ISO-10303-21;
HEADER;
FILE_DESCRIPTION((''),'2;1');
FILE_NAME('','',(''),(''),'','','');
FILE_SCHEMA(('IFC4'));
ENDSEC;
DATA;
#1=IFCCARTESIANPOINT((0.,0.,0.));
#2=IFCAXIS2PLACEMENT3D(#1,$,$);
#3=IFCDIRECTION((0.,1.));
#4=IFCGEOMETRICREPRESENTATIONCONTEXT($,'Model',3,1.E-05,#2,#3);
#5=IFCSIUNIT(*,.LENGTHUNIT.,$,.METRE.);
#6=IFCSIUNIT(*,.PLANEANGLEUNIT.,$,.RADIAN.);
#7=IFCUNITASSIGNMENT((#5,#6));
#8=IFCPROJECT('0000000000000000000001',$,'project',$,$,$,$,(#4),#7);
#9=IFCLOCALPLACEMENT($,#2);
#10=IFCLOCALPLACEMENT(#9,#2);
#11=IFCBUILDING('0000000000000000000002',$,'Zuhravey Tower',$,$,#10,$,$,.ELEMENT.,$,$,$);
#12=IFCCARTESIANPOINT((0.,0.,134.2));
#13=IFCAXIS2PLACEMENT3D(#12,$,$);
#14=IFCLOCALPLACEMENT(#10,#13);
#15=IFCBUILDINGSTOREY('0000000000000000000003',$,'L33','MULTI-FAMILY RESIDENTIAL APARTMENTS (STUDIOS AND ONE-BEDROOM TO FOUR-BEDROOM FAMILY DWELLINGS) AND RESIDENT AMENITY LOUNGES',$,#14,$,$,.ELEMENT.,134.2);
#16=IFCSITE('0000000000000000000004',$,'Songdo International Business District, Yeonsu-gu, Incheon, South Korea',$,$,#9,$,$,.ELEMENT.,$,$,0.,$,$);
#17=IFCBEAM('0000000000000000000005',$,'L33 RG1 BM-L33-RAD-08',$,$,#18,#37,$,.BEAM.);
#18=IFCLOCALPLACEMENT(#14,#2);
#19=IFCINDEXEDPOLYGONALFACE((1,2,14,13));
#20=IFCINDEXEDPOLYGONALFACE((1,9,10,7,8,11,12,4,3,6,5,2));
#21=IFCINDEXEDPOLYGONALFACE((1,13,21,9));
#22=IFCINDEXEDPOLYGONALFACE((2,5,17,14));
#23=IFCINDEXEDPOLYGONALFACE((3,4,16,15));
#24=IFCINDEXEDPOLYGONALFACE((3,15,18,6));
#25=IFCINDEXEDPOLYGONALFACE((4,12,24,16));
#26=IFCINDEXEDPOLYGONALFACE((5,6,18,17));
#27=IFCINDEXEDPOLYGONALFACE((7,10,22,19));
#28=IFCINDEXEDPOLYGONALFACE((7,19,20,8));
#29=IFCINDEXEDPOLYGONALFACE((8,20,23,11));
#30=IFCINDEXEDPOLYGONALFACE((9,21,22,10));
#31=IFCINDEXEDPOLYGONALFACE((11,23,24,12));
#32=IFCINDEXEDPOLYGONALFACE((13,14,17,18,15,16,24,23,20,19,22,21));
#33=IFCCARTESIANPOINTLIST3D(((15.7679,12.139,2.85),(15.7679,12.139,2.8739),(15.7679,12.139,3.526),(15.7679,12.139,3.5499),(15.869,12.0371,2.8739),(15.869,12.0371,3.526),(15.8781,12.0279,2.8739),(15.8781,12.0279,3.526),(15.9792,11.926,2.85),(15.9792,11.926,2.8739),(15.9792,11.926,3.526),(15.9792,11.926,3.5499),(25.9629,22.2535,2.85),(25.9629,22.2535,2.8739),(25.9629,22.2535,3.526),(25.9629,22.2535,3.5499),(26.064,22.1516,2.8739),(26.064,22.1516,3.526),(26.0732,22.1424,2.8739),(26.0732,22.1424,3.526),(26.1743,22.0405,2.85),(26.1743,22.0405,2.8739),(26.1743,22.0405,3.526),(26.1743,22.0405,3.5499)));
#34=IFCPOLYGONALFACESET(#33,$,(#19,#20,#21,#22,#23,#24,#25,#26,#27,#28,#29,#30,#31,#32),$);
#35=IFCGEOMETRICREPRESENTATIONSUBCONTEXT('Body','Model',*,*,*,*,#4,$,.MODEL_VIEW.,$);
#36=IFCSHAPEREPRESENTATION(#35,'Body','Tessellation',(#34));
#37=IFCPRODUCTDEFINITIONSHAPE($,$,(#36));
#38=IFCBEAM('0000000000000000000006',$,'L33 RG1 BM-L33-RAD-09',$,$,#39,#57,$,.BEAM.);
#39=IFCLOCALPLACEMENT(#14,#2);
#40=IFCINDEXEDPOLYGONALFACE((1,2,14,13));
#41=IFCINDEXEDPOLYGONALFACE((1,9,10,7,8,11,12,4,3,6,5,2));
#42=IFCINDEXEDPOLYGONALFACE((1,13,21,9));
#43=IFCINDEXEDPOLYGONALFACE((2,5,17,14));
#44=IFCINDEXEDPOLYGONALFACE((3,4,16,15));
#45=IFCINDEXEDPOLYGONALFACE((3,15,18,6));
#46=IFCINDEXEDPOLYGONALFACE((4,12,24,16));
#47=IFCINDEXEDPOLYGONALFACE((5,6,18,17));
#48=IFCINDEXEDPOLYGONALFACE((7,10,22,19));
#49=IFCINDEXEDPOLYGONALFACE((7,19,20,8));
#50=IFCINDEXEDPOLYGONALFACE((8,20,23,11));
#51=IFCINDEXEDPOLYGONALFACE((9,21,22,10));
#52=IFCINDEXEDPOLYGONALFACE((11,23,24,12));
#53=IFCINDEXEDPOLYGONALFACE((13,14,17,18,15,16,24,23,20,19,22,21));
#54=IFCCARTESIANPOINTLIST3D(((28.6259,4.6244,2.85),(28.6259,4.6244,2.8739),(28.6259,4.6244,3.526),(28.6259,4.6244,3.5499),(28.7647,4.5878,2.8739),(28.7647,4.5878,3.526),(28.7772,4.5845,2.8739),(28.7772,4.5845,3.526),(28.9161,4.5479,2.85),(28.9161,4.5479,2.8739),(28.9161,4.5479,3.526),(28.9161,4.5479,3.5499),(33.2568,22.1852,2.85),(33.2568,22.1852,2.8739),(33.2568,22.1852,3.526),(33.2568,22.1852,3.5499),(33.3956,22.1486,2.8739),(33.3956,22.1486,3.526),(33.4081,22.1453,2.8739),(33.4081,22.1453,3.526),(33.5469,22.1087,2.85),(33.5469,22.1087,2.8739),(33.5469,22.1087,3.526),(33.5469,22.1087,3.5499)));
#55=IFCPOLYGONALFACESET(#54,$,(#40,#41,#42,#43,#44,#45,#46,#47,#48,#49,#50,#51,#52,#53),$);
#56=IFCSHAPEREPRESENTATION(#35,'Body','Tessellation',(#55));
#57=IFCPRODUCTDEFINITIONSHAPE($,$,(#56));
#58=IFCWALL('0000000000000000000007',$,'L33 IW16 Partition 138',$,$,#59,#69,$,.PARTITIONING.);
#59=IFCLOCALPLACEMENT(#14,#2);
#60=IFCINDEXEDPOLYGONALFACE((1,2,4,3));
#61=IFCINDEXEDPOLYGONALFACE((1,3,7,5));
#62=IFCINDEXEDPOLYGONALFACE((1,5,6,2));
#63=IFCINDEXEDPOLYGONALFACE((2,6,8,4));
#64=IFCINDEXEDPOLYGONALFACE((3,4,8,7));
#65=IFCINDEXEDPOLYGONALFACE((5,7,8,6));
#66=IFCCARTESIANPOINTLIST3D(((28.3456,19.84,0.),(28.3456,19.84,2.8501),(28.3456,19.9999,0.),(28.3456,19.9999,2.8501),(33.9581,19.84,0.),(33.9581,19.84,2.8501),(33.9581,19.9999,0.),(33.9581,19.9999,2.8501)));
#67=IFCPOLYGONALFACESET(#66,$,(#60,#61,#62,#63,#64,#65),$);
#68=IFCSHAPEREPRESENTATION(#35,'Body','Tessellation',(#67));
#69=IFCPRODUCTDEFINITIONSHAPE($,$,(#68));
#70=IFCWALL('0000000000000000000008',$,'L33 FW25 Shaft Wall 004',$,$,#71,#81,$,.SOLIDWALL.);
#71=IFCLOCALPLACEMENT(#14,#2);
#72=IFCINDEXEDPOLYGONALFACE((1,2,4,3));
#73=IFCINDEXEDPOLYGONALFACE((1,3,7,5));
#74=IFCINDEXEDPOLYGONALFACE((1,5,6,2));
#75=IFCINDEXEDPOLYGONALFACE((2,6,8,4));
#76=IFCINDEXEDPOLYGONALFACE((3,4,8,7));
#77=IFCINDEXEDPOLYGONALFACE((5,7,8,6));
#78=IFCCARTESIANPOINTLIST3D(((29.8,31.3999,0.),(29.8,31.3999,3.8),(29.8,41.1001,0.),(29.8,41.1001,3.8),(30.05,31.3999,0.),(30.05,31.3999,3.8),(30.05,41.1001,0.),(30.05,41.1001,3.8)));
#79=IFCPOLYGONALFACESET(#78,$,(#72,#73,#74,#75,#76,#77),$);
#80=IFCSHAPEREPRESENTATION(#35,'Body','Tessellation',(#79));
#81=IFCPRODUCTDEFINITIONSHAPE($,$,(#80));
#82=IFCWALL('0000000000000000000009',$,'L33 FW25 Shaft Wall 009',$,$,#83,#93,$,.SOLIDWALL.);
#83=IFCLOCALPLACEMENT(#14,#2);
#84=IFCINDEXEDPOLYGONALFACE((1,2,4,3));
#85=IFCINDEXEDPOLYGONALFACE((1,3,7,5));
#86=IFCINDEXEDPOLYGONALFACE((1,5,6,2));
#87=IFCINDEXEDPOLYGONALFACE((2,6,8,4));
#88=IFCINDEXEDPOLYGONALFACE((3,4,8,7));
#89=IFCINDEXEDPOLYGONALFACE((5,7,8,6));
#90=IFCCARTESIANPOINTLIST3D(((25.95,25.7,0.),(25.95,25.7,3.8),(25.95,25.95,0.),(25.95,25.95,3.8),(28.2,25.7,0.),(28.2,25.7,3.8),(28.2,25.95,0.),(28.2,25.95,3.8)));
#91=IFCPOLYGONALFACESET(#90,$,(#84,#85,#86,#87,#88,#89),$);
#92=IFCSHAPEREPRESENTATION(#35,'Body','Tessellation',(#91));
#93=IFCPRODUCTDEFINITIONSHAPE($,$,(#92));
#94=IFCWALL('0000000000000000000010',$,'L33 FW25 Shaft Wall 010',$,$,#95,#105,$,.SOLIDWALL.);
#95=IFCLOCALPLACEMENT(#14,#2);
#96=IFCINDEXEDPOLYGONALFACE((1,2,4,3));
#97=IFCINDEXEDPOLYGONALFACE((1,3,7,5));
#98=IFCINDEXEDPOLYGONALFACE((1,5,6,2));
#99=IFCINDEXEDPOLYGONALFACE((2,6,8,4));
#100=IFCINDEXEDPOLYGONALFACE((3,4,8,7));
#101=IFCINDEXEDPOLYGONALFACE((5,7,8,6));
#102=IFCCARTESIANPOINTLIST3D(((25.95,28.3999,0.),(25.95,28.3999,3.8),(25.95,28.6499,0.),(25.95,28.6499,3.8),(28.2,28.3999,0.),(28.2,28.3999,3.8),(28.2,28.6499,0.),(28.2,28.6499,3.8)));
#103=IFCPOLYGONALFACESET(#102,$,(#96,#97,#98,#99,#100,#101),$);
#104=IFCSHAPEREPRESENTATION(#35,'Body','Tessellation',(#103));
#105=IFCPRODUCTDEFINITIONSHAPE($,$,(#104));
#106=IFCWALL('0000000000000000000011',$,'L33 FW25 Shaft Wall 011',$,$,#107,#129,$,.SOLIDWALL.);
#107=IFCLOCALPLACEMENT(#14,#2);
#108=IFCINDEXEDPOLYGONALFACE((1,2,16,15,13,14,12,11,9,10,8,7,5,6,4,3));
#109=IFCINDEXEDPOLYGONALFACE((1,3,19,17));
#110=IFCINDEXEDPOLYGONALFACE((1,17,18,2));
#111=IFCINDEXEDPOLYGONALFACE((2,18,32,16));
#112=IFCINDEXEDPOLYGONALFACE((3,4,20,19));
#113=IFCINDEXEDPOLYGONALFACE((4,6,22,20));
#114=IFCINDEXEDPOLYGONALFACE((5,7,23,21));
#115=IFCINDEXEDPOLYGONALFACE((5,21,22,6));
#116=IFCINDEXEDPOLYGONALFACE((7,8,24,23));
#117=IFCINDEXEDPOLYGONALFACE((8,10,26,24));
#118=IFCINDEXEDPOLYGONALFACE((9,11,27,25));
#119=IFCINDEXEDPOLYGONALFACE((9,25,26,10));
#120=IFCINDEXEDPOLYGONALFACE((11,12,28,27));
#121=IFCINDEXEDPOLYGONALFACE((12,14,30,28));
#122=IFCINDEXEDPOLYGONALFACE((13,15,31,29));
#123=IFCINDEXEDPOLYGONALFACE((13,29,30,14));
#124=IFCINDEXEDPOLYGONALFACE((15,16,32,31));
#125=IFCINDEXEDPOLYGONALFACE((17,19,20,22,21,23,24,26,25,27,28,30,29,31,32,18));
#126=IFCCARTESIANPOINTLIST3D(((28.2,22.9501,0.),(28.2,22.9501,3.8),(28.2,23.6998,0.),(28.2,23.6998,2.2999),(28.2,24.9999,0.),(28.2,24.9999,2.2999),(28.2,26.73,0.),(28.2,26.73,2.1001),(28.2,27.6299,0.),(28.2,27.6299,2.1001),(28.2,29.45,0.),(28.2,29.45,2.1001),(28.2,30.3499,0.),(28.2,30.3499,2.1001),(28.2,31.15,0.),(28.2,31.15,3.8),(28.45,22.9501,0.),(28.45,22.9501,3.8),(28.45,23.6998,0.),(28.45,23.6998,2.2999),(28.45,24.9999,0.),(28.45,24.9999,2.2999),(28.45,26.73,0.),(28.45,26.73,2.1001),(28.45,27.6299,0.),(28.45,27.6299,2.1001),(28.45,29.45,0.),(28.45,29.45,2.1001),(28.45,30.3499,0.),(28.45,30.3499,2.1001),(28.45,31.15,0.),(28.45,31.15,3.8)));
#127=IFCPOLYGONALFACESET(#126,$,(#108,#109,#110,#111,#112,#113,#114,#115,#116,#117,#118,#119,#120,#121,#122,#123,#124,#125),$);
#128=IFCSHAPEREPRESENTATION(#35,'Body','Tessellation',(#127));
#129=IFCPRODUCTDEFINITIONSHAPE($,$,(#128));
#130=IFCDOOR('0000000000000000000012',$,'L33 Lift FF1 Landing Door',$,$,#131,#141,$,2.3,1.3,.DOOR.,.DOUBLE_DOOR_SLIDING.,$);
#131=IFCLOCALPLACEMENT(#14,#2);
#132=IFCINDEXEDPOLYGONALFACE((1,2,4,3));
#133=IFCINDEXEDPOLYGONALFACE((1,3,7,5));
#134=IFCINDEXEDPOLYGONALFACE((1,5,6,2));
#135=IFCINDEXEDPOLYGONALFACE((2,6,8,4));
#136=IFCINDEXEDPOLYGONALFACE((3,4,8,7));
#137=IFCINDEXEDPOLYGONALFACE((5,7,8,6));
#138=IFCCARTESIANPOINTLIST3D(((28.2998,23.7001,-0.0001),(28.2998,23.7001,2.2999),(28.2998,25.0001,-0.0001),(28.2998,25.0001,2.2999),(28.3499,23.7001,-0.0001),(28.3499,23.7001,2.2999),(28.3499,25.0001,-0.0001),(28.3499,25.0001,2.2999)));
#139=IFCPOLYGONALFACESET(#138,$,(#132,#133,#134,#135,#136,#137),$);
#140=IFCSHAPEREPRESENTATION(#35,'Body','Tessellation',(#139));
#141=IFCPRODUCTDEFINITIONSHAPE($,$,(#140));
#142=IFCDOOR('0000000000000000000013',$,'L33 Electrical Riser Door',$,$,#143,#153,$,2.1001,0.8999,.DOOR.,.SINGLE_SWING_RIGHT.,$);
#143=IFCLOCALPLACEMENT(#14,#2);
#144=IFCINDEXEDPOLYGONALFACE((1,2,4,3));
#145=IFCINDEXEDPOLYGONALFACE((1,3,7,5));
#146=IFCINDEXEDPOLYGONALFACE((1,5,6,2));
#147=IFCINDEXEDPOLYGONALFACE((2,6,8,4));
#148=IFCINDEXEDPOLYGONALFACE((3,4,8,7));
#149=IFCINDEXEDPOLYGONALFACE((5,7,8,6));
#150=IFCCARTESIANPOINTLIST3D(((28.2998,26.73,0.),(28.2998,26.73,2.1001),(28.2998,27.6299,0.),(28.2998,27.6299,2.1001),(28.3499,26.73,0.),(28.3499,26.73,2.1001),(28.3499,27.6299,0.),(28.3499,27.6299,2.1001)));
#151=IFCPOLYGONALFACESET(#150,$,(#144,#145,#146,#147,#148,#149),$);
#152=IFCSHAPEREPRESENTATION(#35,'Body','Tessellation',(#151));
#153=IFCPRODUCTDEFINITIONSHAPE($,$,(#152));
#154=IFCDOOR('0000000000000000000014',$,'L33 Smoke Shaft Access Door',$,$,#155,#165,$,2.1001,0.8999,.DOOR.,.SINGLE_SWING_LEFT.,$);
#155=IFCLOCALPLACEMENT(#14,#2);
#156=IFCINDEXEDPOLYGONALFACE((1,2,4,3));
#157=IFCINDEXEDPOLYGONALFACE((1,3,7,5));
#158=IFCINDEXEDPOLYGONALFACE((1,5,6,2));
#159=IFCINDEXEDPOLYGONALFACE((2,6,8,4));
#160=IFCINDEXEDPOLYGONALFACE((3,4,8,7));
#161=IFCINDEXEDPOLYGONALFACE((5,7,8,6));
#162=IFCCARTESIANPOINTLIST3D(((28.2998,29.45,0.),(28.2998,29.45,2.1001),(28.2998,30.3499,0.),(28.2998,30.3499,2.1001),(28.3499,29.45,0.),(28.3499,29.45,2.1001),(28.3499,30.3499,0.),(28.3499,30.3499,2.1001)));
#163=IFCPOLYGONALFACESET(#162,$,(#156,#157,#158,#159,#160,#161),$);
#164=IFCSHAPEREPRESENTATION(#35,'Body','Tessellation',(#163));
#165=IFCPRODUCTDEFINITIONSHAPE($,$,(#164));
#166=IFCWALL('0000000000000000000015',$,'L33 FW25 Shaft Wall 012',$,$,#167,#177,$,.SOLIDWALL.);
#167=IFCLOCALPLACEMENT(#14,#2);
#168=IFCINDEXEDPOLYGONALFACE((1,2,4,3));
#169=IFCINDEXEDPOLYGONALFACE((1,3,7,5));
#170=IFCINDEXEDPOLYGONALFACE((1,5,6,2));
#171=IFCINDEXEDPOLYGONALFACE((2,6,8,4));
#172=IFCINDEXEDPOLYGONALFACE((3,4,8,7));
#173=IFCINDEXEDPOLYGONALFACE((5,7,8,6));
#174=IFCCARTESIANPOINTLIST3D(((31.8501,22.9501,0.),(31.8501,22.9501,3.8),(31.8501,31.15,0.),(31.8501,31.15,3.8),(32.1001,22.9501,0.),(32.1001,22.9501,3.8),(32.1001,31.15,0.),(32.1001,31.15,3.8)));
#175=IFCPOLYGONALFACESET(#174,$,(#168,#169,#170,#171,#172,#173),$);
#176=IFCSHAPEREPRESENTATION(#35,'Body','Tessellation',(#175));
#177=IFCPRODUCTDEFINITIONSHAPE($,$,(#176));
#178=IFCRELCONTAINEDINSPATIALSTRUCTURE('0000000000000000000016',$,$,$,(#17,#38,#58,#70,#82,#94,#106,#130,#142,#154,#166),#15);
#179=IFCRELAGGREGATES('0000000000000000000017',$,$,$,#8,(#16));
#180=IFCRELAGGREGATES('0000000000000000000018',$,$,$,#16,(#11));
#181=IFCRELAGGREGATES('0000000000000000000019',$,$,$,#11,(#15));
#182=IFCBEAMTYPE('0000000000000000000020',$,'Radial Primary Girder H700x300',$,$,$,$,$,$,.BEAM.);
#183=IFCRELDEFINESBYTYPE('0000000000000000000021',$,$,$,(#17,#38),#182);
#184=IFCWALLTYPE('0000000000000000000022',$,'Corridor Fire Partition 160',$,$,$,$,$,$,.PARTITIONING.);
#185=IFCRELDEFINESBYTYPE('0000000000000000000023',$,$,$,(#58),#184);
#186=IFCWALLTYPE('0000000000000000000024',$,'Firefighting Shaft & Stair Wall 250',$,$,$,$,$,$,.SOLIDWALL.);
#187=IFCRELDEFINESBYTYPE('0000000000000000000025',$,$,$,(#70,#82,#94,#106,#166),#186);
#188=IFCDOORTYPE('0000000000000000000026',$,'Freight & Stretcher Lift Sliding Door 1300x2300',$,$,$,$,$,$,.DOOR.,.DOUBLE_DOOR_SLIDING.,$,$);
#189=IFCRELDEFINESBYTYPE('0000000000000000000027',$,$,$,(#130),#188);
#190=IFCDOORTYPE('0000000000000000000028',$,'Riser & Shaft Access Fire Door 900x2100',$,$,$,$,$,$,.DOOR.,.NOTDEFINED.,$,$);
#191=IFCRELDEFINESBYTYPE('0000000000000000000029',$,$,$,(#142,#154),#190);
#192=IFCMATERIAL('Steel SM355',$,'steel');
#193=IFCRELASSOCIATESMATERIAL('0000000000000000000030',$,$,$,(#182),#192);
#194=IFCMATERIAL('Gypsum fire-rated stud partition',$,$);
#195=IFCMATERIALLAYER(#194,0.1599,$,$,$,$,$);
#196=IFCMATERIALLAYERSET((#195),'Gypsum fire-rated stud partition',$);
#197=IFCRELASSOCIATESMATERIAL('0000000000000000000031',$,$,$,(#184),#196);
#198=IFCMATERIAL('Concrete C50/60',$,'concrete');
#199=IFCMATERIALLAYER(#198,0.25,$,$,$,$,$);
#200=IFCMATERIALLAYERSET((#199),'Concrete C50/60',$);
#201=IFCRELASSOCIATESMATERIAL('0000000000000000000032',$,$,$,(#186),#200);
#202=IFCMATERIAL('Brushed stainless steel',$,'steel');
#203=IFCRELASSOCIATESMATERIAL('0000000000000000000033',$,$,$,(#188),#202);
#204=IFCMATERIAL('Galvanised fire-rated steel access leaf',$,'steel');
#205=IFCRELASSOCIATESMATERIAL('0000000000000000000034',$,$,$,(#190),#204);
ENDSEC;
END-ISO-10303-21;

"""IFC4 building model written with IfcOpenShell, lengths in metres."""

from ifc_helpers import new_model, si_unit, direction, frame, frame_2d, origin, origin_2d, place, context, subcontext, project, spatial, rectangle, i_section, extrude, material, layer, layer_set, material_profile, profile_set, type_object, element, fill, save


model = new_model("IFC4")

# Units and contexts
model_context = context("Model", 3, precision=1e-05, world=origin(), true_north=direction((0.0, 1.0)))
body_context = subcontext(model_context, "Body", "Model", "MODEL_VIEW")
ifc_project = project(units=[si_unit("LENGTHUNIT", "METRE"), si_unit("PLANEANGLEUNIT", "RADIAN")], contexts=[model_context])

# Site, building, storey
site_placement = place(None, origin())
site = spatial("IfcSite", under=ifc_project, at=site_placement, Name="Songdo International Business District, Yeonsu-gu, Incheon, South Korea", CompositionType="ELEMENT", RefElevation=0.0)
building_placement = place(site_placement, origin())
building = spatial("IfcBuilding", under=site, at=building_placement, Name="Zuhravey Tower", CompositionType="ELEMENT")
storey_placement = place(building_placement, frame((0.0, 0.0, 134.2)))
storey = spatial("IfcBuildingStorey", under=building, at=storey_placement, Name="L33", Description="MULTI-FAMILY RESIDENTIAL APARTMENTS (STUDIOS AND ONE-BEDROOM TO FOUR-BEDROOM FAMILY DWELLINGS) AND RESIDENT AMENITY LOUNGES", CompositionType="ELEMENT", Elevation=134.2)

# Beams
ifc_material_1 = material(Name="Steel SM355", Category="steel")
ifc_material_profile = material_profile(ifc_material_1, i_section(OverallWidth=0.3, OverallDepth=0.7, WebThickness=0.0129, FlangeThickness=0.0239, at=origin_2d()), Name="H-700x300x13x24")
ifc_profile_set = profile_set([ifc_material_profile], Name="Steel SM355")
beam_type = type_object("IfcBeamType", Name="Radial Primary Girder H700x300", PredefinedType="BEAM", material=ifc_profile_set)
beam_1_placement = place(storey_placement, frame((26.0686, 22.147, 3.2), z_axis=(-0.709906, -0.704296, 0.0), x_axis=(0.704296, -0.709906, 0.0)))
element("IfcBeam", 1, at=beam_1_placement, inside=storey, type_object=beam_type, Name="L33 RG1 BM-L33-RAD-08", PredefinedType="BEAM", context=body_context, shape_type="SweptSolid", body=[
    extrude(i_section(OverallWidth=0.3, OverallDepth=0.7, WebThickness=0.0129, FlangeThickness=0.0239, at=origin_2d()), origin(), (0.0, 0.0, 1.0), 14.3611),
])
beam_2_placement = place(storey_placement, frame((33.4019, 22.147, 3.2), z_axis=(-0.254988, -0.966944, 0.0), x_axis=(0.966944, -0.254988, 0.0)))
element("IfcBeam", 2, at=beam_2_placement, inside=storey, type_object=beam_type, Name="L33 RG1 BM-L33-RAD-09", PredefinedType="BEAM", context=body_context, shape_type="SweptSolid", body=[
    extrude(i_section(OverallWidth=0.3, OverallDepth=0.7, WebThickness=0.0129, FlangeThickness=0.0239, at=origin_2d()), origin(), (0.0, 0.0, 1.0), 18.1611),
])

# Wall
ifc_material_2 = material(Name="Gypsum fire-rated stud partition")
ifc_layer_1 = layer(ifc_material_2, 0.1599)
ifc_layer_set_1 = layer_set([ifc_layer_1], Name="Gypsum fire-rated stud partition")
wall_type_1 = type_object("IfcWallType", Name="Corridor Fire Partition 160", PredefinedType="PARTITIONING", material=ifc_layer_set_1)
wall_1_placement = place(storey_placement, frame((28.3457, 19.9199, 0.0), z_axis=(0.0, 0.0, 1.0), x_axis=(1.0, 0.0, 0.0)))
element("IfcWall", 3, at=wall_1_placement, inside=storey, type_object=wall_type_1, Name="L33 IW16 Partition 138", PredefinedType="PARTITIONING", context=body_context, shape_type="SweptSolid", body=[
    extrude(rectangle(XDim=5.6125, YDim=0.1599, at=frame_2d((2.8062, 0.0))), origin(), (0.0, 0.0, 1.0), 2.8501),
])

# Shared definitions
ifc_material_3 = material(Name="Concrete C50/60", Category="concrete")
ifc_layer_2 = layer(ifc_material_3, 0.25)
ifc_layer_set_2 = layer_set([ifc_layer_2], Name="Concrete C50/60")
wall_type_2 = type_object("IfcWallType", Name="Firefighting Shaft & Stair Wall 250", PredefinedType="SOLIDWALL", material=ifc_layer_set_2)

# Walls
wall_2_placement = place(storey_placement, frame((29.925, 31.3999, 0.0), z_axis=(0.0, 0.0, 1.0), x_axis=(0.0, 1.0, 0.0)))
element("IfcWall", 4, at=wall_2_placement, inside=storey, type_object=wall_type_2, Name="L33 FW25 Shaft Wall 004", PredefinedType="SOLIDWALL", context=body_context, shape_type="SweptSolid", body=[
    extrude(rectangle(XDim=9.7002, YDim=0.25, at=frame_2d((4.8501, 0.0))), origin(), (0.0, 0.0, 1.0), 3.8),
])
for number, where, z_axis, x_axis, name in (
    (5, (25.95, 25.825, 0.0), (0.0, 0.0, 1.0), (1.0, 0.0, 0.0), "L33 FW25 Shaft Wall 009"),
    (6, (25.95, 28.5249, 0.0), (0.0, 0.0, 1.0), (1.0, 0.0, 0.0), "L33 FW25 Shaft Wall 010"),
):
    element("IfcWall", number, at=place(storey_placement, frame(where, z_axis=z_axis, x_axis=x_axis)), inside=storey, type_object=wall_type_2, Name=name, PredefinedType="SOLIDWALL", context=body_context, shape_type="SweptSolid", body=[
        extrude(rectangle(XDim=2.25, YDim=0.25, at=frame_2d((1.125, 0.0))), origin(), (0.0, 0.0, 1.0), 3.8),
    ])

# Wall, openings, doors
wall_3_placement = place(storey_placement, frame((28.325, 22.95, 0.0), z_axis=(0.0, 0.0, 1.0), x_axis=(0.0, 1.0, 0.0)))
wall_3 = element("IfcWall", 7, at=wall_3_placement, inside=storey, type_object=wall_type_2, Name="L33 FW25 Shaft Wall 011", PredefinedType="SOLIDWALL", context=body_context, shape_type="SweptSolid", body=[
    extrude(rectangle(XDim=8.2, YDim=0.25, at=frame_2d((4.1001, 0.0))), origin(), (0.0, 0.0, 1.0), 3.8),
])
opening_1_placement = place(wall_3_placement, frame((0.75, 0.0, 0.0)))
opening_1 = element("IfcOpeningElement", 8, at=opening_1_placement, cuts=wall_3, PredefinedType="OPENING", context=body_context, shape_type="SweptSolid", body=[
    extrude(rectangle(XDim=1.3, YDim=2.3, at=frame_2d((0.6499, 1.1499))), frame((0.0, 0.137, 0.0), z_axis=(0.0, -1.0, 0.0), x_axis=(1.0, 0.0, 0.0)), (0.0, 0.0, 1.0), 0.2739),
])
opening_2_placement = place(wall_3_placement, frame((3.78, 0.0, 0.0)))
opening_2 = element("IfcOpeningElement", 9, at=opening_2_placement, cuts=wall_3, PredefinedType="OPENING", context=body_context, shape_type="SweptSolid", body=[
    extrude(rectangle(XDim=0.8999, YDim=2.1001, at=frame_2d((0.45, 1.05))), frame((0.0, 0.137, 0.0), z_axis=(0.0, -1.0, 0.0), x_axis=(1.0, 0.0, 0.0)), (0.0, 0.0, 1.0), 0.2739),
])
opening_3_placement = place(wall_3_placement, frame((6.5, 0.0, 0.0)))
opening_3 = element("IfcOpeningElement", 10, at=opening_3_placement, cuts=wall_3, PredefinedType="OPENING", context=body_context, shape_type="SweptSolid", body=[
    extrude(rectangle(XDim=0.8999, YDim=2.1001, at=frame_2d((0.45, 1.05))), frame((0.0, 0.137, 0.0), z_axis=(0.0, -1.0, 0.0), x_axis=(1.0, 0.0, 0.0)), (0.0, 0.0, 1.0), 0.2739),
])
ifc_material_4 = material(Name="Brushed stainless steel", Category="steel")
door_type_1 = type_object("IfcDoorType", Name="Freight & Stretcher Lift Sliding Door 1300x2300", OperationType="DOUBLE_DOOR_SLIDING", PredefinedType="DOOR", material=ifc_material_4)
door_1_placement = place(opening_1_placement, frame((1.3, 0.0, 0.0), z_axis=(0.0, 0.0, 1.0), x_axis=(-1.0, 0.0, 0.0)))
door_1 = element("IfcDoor", 11, at=door_1_placement, inside=storey, type_object=door_type_1, Name="L33 Lift FF1 Landing Door", OperationType="DOUBLE_DOOR_SLIDING", OverallHeight=2.3, OverallWidth=1.3, PredefinedType="DOOR", context=body_context, shape_type="SweptSolid", body=[
    extrude(rectangle(XDim=1.3, YDim=2.3, at=frame_2d((0.6499, 1.1499))), frame((0.0, 0.0249, 0.0), z_axis=(0.0, -1.0, 0.0), x_axis=(1.0, 0.0, 0.0)), (0.0, 0.0, 1.0), 0.05),
])
fill(opening_1, door_1)
ifc_material_5 = material(Name="Galvanised fire-rated steel access leaf", Category="steel")
door_type_2 = type_object("IfcDoorType", Name="Riser & Shaft Access Fire Door 900x2100", OperationType="NOTDEFINED", PredefinedType="DOOR", material=ifc_material_5)
door_2_placement = place(opening_2_placement, frame((0.8999, 0.0, 0.0), z_axis=(0.0, 0.0, 1.0), x_axis=(-1.0, 0.0, 0.0)))
door_2 = element("IfcDoor", 12, at=door_2_placement, inside=storey, type_object=door_type_2, Name="L33 Electrical Riser Door", OperationType="SINGLE_SWING_RIGHT", OverallHeight=2.1001, OverallWidth=0.8999, PredefinedType="DOOR", context=body_context, shape_type="SweptSolid", body=[
    extrude(rectangle(XDim=0.8999, YDim=2.1001, at=frame_2d((0.45, 1.05))), frame((0.0, 0.0249, 0.0), z_axis=(0.0, -1.0, 0.0), x_axis=(1.0, 0.0, 0.0)), (0.0, 0.0, 1.0), 0.05),
])
fill(opening_2, door_2)
door_3_placement = place(opening_3_placement, frame((0.8999, 0.0, 0.0), z_axis=(0.0, 0.0, 1.0), x_axis=(-1.0, 0.0, 0.0)))
door_3 = element("IfcDoor", 13, at=door_3_placement, inside=storey, type_object=door_type_2, Name="L33 Smoke Shaft Access Door", OperationType="SINGLE_SWING_LEFT", OverallHeight=2.1001, OverallWidth=0.8999, PredefinedType="DOOR", context=body_context, shape_type="SweptSolid", body=[
    extrude(rectangle(XDim=0.8999, YDim=2.1001, at=frame_2d((0.45, 1.05))), frame((0.0, 0.0249, 0.0), z_axis=(0.0, -1.0, 0.0), x_axis=(1.0, 0.0, 0.0)), (0.0, 0.0, 1.0), 0.05),
])
fill(opening_3, door_3)

# Wall
wall_4_placement = place(storey_placement, frame((31.9751, 22.95, 0.0), z_axis=(0.0, 0.0, 1.0), x_axis=(0.0, 1.0, 0.0)))
element("IfcWall", 14, at=wall_4_placement, inside=storey, type_object=wall_type_2, Name="L33 FW25 Shaft Wall 012", PredefinedType="SOLIDWALL", context=body_context, shape_type="SweptSolid", body=[
    extrude(rectangle(XDim=8.2, YDim=0.25, at=frame_2d((4.1001, 0.0))), origin(), (0.0, 0.0, 1.0), 3.8),
])

save(model, "model.ifc")
